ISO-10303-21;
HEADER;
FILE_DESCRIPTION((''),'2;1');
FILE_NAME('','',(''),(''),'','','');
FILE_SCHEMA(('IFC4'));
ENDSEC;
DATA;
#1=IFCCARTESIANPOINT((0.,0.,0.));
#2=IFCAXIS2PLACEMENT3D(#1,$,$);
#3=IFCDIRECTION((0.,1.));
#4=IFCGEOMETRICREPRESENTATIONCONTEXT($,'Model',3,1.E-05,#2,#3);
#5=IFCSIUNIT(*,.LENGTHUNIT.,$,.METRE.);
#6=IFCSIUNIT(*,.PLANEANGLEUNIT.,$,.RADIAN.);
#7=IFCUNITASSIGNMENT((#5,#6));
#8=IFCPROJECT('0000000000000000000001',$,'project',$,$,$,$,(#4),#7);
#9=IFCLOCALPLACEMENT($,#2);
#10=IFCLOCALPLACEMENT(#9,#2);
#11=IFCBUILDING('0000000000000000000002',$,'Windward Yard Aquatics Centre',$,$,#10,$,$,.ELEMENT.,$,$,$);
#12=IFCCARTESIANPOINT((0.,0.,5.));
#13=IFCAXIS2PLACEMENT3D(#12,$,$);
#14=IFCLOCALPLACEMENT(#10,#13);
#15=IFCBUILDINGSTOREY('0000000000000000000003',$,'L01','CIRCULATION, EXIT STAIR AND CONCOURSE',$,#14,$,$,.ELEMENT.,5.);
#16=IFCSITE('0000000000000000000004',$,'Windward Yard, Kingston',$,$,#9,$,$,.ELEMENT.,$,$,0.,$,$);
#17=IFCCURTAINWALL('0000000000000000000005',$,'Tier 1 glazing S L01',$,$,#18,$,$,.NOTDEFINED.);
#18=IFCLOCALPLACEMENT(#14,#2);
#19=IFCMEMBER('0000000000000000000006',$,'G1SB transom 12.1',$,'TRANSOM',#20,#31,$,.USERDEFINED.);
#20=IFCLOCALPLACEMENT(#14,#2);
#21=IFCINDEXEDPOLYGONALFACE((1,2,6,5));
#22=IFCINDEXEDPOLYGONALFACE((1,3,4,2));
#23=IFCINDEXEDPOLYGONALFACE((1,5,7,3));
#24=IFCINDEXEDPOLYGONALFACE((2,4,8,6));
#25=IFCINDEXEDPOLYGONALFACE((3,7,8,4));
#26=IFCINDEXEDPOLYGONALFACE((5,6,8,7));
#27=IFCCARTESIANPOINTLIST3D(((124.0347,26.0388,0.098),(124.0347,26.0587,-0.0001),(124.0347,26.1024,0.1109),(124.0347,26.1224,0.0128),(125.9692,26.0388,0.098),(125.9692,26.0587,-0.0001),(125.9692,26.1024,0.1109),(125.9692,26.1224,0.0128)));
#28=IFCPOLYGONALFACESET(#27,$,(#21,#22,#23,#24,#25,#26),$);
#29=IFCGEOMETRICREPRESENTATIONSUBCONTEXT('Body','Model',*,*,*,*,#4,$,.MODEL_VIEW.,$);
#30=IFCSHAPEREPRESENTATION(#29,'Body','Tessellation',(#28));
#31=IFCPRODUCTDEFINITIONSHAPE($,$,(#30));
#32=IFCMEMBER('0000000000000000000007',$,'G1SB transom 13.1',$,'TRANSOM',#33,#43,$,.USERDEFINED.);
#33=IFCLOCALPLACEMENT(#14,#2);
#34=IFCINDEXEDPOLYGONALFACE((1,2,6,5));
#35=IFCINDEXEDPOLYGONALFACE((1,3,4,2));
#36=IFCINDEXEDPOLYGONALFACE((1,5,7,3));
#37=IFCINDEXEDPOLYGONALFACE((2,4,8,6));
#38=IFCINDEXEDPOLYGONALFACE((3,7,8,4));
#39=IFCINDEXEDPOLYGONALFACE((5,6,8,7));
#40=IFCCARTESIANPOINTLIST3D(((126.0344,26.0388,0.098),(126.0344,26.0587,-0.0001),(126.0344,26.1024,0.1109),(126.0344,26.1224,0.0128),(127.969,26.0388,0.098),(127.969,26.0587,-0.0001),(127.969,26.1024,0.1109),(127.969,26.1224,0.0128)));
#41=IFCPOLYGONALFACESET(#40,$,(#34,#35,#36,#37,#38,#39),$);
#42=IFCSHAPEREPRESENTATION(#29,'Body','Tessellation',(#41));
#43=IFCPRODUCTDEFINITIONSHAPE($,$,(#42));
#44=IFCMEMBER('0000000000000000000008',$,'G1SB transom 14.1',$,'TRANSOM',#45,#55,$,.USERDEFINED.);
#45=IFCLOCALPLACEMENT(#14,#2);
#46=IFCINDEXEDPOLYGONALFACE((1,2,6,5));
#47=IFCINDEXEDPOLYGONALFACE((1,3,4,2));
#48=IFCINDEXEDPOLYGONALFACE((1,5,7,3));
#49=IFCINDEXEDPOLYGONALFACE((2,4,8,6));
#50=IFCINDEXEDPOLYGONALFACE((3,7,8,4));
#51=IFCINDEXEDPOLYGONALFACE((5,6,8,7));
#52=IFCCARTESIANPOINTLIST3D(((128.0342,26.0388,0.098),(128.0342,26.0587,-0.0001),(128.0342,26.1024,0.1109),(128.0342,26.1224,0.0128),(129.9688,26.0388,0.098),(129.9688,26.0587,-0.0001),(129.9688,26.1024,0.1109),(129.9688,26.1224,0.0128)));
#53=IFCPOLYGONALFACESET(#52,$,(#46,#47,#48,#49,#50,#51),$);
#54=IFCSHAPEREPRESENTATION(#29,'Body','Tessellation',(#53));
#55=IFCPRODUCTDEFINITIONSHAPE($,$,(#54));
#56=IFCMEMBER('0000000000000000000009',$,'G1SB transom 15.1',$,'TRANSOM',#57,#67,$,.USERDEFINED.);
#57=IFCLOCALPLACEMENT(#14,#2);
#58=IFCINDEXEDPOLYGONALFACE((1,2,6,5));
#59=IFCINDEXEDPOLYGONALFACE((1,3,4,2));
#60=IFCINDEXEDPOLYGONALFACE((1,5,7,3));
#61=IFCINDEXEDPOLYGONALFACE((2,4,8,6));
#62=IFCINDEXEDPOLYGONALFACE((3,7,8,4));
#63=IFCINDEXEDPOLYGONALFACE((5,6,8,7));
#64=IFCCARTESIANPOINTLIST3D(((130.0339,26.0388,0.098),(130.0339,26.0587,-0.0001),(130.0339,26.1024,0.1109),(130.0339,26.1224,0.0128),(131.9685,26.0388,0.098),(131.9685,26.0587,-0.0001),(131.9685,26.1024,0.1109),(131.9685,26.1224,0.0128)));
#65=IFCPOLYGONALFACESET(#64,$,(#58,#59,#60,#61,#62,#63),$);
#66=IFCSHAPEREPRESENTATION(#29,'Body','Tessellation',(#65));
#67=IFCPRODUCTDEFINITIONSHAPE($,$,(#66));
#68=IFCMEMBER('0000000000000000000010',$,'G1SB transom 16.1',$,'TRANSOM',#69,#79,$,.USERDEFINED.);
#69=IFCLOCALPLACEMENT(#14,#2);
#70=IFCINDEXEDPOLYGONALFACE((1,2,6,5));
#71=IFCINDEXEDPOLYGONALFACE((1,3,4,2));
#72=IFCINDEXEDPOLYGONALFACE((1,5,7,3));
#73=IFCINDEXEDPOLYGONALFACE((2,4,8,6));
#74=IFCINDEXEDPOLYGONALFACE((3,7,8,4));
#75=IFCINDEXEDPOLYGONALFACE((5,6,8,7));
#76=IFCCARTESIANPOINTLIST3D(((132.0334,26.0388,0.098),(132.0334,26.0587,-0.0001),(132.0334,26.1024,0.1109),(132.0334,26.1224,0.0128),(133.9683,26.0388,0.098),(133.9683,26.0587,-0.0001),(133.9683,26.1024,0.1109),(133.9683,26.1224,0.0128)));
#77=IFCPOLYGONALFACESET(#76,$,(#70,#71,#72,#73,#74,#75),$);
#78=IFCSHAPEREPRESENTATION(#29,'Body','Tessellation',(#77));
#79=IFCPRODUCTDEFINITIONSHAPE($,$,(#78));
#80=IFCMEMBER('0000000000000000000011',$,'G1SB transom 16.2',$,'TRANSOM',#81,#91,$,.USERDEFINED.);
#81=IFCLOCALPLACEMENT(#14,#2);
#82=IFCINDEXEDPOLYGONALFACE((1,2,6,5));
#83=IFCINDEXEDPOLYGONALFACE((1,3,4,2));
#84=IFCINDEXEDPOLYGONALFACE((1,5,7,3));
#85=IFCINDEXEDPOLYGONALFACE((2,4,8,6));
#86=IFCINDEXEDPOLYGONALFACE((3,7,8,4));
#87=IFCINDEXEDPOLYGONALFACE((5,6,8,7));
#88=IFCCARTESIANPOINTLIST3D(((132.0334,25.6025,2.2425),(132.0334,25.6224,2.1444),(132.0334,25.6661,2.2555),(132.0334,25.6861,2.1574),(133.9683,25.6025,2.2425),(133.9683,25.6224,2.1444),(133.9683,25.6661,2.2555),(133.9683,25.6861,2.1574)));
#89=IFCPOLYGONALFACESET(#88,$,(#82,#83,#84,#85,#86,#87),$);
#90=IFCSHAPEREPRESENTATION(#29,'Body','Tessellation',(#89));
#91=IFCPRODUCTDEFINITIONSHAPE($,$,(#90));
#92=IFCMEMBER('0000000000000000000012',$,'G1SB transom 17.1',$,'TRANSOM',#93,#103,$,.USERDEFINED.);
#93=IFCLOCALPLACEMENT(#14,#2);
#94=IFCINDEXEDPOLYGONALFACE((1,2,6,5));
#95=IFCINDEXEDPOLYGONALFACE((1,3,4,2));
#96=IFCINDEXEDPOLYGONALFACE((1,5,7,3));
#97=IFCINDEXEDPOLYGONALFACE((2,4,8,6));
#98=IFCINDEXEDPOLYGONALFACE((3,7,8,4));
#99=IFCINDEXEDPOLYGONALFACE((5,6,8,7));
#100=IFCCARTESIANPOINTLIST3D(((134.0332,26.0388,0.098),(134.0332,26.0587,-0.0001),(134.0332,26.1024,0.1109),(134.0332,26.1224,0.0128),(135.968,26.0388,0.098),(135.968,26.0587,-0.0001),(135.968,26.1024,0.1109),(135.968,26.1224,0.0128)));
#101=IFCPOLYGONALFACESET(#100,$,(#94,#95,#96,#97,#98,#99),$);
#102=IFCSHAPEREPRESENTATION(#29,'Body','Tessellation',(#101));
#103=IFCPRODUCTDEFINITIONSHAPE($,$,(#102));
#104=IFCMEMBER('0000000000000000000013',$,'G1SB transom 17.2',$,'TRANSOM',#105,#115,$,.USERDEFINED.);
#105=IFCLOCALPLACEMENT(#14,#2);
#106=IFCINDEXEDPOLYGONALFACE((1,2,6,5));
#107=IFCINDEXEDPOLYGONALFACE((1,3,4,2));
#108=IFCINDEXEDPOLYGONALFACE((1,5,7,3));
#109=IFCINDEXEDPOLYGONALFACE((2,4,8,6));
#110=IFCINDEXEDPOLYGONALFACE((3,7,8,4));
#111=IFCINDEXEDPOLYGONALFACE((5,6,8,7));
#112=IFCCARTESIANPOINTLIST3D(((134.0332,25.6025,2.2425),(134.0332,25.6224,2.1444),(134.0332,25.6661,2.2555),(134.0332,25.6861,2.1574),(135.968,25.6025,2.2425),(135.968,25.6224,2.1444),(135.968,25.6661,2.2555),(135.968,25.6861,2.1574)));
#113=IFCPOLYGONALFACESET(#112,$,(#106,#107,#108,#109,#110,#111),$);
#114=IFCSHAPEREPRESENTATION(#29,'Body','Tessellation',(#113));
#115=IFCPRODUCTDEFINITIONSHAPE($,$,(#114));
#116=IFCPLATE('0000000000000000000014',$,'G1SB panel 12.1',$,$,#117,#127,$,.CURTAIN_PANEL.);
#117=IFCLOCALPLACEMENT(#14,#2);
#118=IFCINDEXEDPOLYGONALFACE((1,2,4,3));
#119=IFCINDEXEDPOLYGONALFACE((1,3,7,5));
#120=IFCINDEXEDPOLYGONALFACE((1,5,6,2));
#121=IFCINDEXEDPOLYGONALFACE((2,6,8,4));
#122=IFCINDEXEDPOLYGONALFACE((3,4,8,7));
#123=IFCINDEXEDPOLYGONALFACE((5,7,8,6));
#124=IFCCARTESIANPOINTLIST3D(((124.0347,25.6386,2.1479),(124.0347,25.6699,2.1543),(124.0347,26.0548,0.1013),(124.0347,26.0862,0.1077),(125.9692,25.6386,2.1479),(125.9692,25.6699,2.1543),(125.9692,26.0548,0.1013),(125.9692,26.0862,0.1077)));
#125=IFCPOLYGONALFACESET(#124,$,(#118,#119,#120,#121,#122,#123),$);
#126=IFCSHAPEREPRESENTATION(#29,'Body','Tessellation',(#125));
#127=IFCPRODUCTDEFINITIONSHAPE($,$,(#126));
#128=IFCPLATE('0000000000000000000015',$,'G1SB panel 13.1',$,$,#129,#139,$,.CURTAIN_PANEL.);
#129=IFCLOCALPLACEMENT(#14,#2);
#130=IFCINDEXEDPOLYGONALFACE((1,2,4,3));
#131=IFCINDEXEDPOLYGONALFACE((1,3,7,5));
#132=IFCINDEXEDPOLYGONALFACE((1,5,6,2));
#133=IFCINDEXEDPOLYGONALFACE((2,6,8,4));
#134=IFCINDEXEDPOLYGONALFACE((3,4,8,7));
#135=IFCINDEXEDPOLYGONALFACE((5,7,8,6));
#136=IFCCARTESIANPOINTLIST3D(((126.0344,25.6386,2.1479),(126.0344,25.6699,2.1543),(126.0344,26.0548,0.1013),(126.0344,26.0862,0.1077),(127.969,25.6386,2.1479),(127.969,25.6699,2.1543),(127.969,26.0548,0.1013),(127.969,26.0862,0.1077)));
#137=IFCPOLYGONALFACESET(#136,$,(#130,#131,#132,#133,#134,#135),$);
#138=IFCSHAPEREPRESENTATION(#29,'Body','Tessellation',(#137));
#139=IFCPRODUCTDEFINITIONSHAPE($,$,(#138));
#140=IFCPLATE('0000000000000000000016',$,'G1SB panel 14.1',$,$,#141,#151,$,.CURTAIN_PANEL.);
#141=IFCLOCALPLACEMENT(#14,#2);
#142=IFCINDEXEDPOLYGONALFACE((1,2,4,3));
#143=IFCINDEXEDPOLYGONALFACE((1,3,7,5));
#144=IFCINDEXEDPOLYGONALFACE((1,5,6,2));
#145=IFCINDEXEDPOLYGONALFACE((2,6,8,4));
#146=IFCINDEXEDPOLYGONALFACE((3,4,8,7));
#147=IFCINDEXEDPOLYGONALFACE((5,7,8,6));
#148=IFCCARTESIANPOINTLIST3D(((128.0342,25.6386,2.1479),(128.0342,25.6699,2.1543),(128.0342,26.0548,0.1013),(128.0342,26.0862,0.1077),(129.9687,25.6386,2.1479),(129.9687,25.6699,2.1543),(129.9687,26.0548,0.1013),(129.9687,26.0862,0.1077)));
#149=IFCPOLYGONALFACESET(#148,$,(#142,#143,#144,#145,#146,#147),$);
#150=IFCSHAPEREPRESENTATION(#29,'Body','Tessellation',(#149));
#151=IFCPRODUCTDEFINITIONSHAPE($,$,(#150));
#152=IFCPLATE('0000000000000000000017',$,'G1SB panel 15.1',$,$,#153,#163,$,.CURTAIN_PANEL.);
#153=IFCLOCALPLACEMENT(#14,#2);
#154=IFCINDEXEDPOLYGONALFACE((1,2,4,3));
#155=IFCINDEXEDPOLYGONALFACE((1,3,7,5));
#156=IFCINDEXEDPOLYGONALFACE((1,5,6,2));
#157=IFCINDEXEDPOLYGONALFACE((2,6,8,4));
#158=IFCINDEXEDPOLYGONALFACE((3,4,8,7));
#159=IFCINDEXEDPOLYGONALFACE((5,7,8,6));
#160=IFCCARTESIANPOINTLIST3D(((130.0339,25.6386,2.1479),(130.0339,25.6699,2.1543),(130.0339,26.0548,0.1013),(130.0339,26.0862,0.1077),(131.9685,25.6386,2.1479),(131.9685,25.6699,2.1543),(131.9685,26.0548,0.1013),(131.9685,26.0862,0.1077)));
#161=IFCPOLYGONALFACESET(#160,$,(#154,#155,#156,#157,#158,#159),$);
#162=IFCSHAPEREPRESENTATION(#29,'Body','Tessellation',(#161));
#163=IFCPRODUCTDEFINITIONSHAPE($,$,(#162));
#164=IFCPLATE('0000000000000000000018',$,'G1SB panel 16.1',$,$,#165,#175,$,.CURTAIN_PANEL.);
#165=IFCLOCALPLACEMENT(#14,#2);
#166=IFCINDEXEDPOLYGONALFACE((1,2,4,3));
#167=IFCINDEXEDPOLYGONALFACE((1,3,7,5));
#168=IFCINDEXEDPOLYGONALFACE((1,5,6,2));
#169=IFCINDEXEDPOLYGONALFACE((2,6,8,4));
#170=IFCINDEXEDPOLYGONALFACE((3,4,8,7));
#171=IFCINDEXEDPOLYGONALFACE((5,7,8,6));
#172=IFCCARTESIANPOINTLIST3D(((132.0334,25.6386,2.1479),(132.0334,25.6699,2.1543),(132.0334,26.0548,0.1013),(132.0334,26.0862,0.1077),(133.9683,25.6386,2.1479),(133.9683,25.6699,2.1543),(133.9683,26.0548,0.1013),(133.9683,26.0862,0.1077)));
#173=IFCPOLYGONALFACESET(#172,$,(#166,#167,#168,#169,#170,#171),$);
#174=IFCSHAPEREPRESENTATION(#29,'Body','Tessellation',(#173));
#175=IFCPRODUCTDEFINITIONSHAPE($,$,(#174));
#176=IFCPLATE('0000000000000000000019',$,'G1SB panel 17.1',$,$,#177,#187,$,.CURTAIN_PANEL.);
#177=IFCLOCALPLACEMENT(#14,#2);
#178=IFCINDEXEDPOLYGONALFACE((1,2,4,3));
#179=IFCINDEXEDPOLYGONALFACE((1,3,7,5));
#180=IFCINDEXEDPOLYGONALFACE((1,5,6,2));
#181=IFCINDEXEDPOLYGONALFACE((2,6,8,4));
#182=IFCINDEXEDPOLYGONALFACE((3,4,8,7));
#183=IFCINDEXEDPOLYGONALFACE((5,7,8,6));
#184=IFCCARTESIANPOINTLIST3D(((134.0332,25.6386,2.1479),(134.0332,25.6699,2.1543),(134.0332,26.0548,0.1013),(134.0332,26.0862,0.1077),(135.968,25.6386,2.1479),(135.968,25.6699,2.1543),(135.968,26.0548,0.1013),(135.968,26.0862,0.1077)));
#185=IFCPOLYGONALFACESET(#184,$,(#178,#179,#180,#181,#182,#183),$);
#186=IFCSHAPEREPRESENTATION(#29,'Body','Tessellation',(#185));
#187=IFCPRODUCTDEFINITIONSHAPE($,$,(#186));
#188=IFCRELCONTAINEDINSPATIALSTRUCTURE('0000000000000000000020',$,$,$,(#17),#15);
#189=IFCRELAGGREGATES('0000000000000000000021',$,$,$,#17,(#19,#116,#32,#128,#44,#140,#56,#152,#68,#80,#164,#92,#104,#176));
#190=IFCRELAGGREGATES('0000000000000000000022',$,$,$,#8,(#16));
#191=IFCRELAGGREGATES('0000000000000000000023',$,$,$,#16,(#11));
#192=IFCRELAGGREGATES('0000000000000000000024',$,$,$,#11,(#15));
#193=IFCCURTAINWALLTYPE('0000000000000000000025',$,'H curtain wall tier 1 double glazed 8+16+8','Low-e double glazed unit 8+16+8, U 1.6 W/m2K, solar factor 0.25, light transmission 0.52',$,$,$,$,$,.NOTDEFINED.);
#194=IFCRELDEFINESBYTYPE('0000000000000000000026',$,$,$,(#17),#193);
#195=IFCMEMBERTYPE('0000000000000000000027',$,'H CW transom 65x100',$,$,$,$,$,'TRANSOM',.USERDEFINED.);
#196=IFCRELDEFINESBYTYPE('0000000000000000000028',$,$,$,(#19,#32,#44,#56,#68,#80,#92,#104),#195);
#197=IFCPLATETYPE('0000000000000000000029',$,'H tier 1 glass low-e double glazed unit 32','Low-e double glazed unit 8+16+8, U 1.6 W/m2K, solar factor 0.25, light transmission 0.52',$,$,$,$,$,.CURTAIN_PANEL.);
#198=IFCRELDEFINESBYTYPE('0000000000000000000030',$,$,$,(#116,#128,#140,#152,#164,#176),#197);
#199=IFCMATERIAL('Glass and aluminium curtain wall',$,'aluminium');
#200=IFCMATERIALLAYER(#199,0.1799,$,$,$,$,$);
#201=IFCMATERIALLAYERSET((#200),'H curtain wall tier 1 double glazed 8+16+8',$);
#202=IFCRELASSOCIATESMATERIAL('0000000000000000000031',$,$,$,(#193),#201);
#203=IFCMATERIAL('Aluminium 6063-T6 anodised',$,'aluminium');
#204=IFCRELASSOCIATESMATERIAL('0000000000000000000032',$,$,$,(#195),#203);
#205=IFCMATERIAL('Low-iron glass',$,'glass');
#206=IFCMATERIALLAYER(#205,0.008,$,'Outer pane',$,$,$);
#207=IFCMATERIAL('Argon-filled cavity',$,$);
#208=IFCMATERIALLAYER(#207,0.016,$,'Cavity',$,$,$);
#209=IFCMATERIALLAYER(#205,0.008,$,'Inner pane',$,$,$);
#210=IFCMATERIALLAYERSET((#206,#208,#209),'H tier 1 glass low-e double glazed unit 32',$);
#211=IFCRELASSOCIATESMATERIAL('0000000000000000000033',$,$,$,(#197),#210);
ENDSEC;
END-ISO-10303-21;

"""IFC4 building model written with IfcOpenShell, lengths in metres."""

from ifc_helpers import new_model, si_unit, direction, frame, origin, origin_2d, place, context, subcontext, project, spatial, polyline, rectangle, outline, extrude, material, layer, layer_set, material_profile, profile_set, type_object, element, aggregate, save


model = new_model("IFC4")

# Units and contexts
model_context = context("Model", 3, precision=1e-05, world=origin(), true_north=direction((0.0, 1.0)))
body_context = subcontext(model_context, "Body", "Model", "MODEL_VIEW")
ifc_project = project(units=[si_unit("LENGTHUNIT", "METRE"), si_unit("PLANEANGLEUNIT", "RADIAN")], contexts=[model_context])

# Site, building, storey
site_placement = place(None, origin())
site = spatial("IfcSite", under=ifc_project, at=site_placement, Name="Windward Yard, Kingston", CompositionType="ELEMENT", RefElevation=0.0)
building_placement = place(site_placement, origin())
building = spatial("IfcBuilding", under=site, at=building_placement, Name="Windward Yard Aquatics Centre", CompositionType="ELEMENT")
storey_placement = place(building_placement, frame((0.0, 0.0, 5.0)))
storey = spatial("IfcBuildingStorey", under=building, at=storey_placement, Name="L01", Description="CIRCULATION, EXIT STAIR AND CONCOURSE", CompositionType="ELEMENT", Elevation=5.0)

# Curtain wall, members, plates
ifc_material_1 = material(Name="Glass and aluminium curtain wall", Category="aluminium")
ifc_layer_1 = layer(ifc_material_1, 0.1799)
ifc_layer_set_1 = layer_set([ifc_layer_1], Name="H curtain wall tier 1 double glazed 8+16+8")
curtain_wall_type = type_object("IfcCurtainWallType", Name="H curtain wall tier 1 double glazed 8+16+8", Description="Low-e double glazed unit 8+16+8, U 1.6 W/m2K, solar factor 0.25, light transmission 0.52", PredefinedType="NOTDEFINED", material=ifc_layer_set_1)
curtain_wall_placement = place(storey_placement, origin())
curtain_wall = element("IfcCurtainWall", 1, at=curtain_wall_placement, inside=storey, type_object=curtain_wall_type, Name="Tier 1 glazing S L01", PredefinedType="NOTDEFINED")
ifc_material_2 = material(Name="Aluminium 6063-T6 anodised", Category="aluminium")
ifc_material_profile_1 = material_profile(ifc_material_2, rectangle(XDim=0.0649, YDim=0.1001, at=origin_2d()), Name="H CW transom 65x100")
ifc_profile_set_1 = profile_set([ifc_material_profile_1], Name="Aluminium 6063-T6 anodised")
member_type_1 = type_object("IfcMemberType", Name="H CW transom 65x100", ElementType="TRANSOM", PredefinedType="USERDEFINED", material=ifc_profile_set_1)
member_1_placement = place(storey_placement, frame((124.0347, 26.0806, 0.0554), z_axis=(1.0, 0.0, 0.0), x_axis=(0.0, 0.979925, 0.199368)))
member_1 = element("IfcMember", 2, at=member_1_placement, type_object=member_type_1, Name="G1SB transom 12.1", ObjectType="TRANSOM", PredefinedType="USERDEFINED", context=body_context, shape_type="SweptSolid", body=[
    extrude(rectangle(XDim=0.0649, YDim=0.1001, at=origin_2d()), origin(), (0.0, 0.0, 1.0), 1.9346),
])
member_2_placement = place(storey_placement, frame((126.0344, 26.0806, 0.0554), z_axis=(1.0, 0.0, 0.0), x_axis=(0.0, 0.979925, 0.199368)))
member_2 = element("IfcMember", 3, at=member_2_placement, type_object=member_type_1, Name="G1SB transom 13.1", ObjectType="TRANSOM", PredefinedType="USERDEFINED", context=body_context, shape_type="SweptSolid", body=[
    extrude(rectangle(XDim=0.0649, YDim=0.1001, at=origin_2d()), origin(), (0.0, 0.0, 1.0), 1.9346),
])
member_3_placement = place(storey_placement, frame((128.0342, 26.0806, 0.0554), z_axis=(1.0, 0.0, 0.0), x_axis=(0.0, 0.979925, 0.199368)))
member_3 = element("IfcMember", 4, at=member_3_placement, type_object=member_type_1, Name="G1SB transom 14.1", ObjectType="TRANSOM", PredefinedType="USERDEFINED", context=body_context, shape_type="SweptSolid", body=[
    extrude(rectangle(XDim=0.0649, YDim=0.1001, at=origin_2d()), origin(), (0.0, 0.0, 1.0), 1.9346),
])
member_4_placement = place(storey_placement, frame((130.0339, 26.0806, 0.0554), z_axis=(1.0, 0.0, 0.0), x_axis=(0.0, 0.979925, 0.199368)))
member_4 = element("IfcMember", 5, at=member_4_placement, type_object=member_type_1, Name="G1SB transom 15.1", ObjectType="TRANSOM", PredefinedType="USERDEFINED", context=body_context, shape_type="SweptSolid", body=[
    extrude(rectangle(XDim=0.0649, YDim=0.1001, at=origin_2d()), origin(), (0.0, 0.0, 1.0), 1.9346),
])
member_5_placement = place(storey_placement, frame((132.0334, 26.0806, 0.0554), z_axis=(1.0, 0.0, 0.0), x_axis=(0.0, 0.979925, 0.199368)))
member_5 = element("IfcMember", 6, at=member_5_placement, type_object=member_type_1, Name="G1SB transom 16.1", ObjectType="TRANSOM", PredefinedType="USERDEFINED", context=body_context, shape_type="SweptSolid", body=[
    extrude(rectangle(XDim=0.0649, YDim=0.1001, at=origin_2d()), origin(), (0.0, 0.0, 1.0), 1.9348),
])
member_6_placement = place(storey_placement, frame((132.0334, 25.6443, 2.2), z_axis=(1.0, 0.0, 0.0), x_axis=(0.0, 0.979925, 0.199368)))
member_6 = element("IfcMember", 7, at=member_6_placement, type_object=member_type_1, Name="G1SB transom 16.2", ObjectType="TRANSOM", PredefinedType="USERDEFINED", context=body_context, shape_type="SweptSolid", body=[
    extrude(rectangle(XDim=0.0649, YDim=0.1001, at=origin_2d()), origin(), (0.0, 0.0, 1.0), 1.9348),
])
member_7_placement = place(storey_placement, frame((134.0332, 26.0806, 0.0554), z_axis=(1.0, 0.0, 0.0), x_axis=(0.0, 0.979925, 0.199368)))
member_7 = element("IfcMember", 8, at=member_7_placement, type_object=member_type_1, Name="G1SB transom 17.1", ObjectType="TRANSOM", PredefinedType="USERDEFINED", context=body_context, shape_type="SweptSolid", body=[
    extrude(rectangle(XDim=0.0649, YDim=0.1001, at=origin_2d()), origin(), (0.0, 0.0, 1.0), 1.9348),
])
member_8_placement = place(storey_placement, frame((134.0332, 25.6443, 2.2), z_axis=(1.0, 0.0, 0.0), x_axis=(0.0, 0.979925, 0.199368)))
member_8 = element("IfcMember", 9, at=member_8_placement, type_object=member_type_1, Name="G1SB transom 17.2", ObjectType="TRANSOM", PredefinedType="USERDEFINED", context=body_context, shape_type="SweptSolid", body=[
    extrude(rectangle(XDim=0.0649, YDim=0.1001, at=origin_2d()), origin(), (0.0, 0.0, 1.0), 1.9348),
])
ifc_material_3 = material(Name="Low-iron glass", Category="glass")
ifc_layer_2 = layer(ifc_material_3, 0.008, Name="Outer pane")
ifc_material_4 = material(Name="Argon-filled cavity")
ifc_layer_3 = layer(ifc_material_4, 0.016, Name="Cavity")
ifc_layer_4 = layer(ifc_material_3, 0.008, Name="Inner pane")
ifc_layer_set_2 = layer_set([ifc_layer_2, ifc_layer_3, ifc_layer_4], Name="H tier 1 glass low-e double glazed unit 32")
plate_type = type_object("IfcPlateType", Name="H tier 1 glass low-e double glazed unit 32", Description="Low-e double glazed unit 8+16+8, U 1.6 W/m2K, solar factor 0.25, light transmission 0.52", PredefinedType="CURTAIN_PANEL", material=ifc_layer_set_2)
plate_1_placement = place(storey_placement, frame((124.0347, 25.6699, 2.1543), z_axis=(0.0, 0.979937, 0.199307), x_axis=(0.0, 0.199307, -0.979937)))
plate_1 = element("IfcPlate", 10, at=plate_1_placement, type_object=plate_type, Name="G1SB panel 12.1", PredefinedType="CURTAIN_PANEL", context=body_context, shape_type="SweptSolid", body=[
    extrude(outline(polyline([(0.0, 0.0), (2.0885, 0.0), (2.0885, -1.9346), (0.0, -1.9346), (0.0, 0.0)])), origin(), (0.0, 0.0, -1.0), 0.032),
])
plate_2_placement = place(storey_placement, frame((126.0344, 25.6699, 2.1543), z_axis=(0.0, 0.979937, 0.199307), x_axis=(0.0, 0.199307, -0.979937)))
plate_2 = element("IfcPlate", 11, at=plate_2_placement, type_object=plate_type, Name="G1SB panel 13.1", PredefinedType="CURTAIN_PANEL", context=body_context, shape_type="SweptSolid", body=[
    extrude(outline(polyline([(0.0, 0.0), (2.0885, 0.0), (2.0885, -1.9346), (0.0, -1.9346), (0.0, 0.0)])), origin(), (0.0, 0.0, -1.0), 0.032),
])
plate_3_placement = place(storey_placement, frame((128.0342, 25.6699, 2.1543), z_axis=(0.0, 0.979937, 0.199307), x_axis=(0.0, 0.199307, -0.979937)))
plate_3 = element("IfcPlate", 12, at=plate_3_placement, type_object=plate_type, Name="G1SB panel 14.1", PredefinedType="CURTAIN_PANEL", context=body_context, shape_type="SweptSolid", body=[
    extrude(outline(polyline([(0.0, 0.0), (2.0885, 0.0), (2.0885, -1.9346), (0.0, -1.9346), (0.0, 0.0)])), origin(), (0.0, 0.0, -1.0), 0.032),
])
plate_4_placement = place(storey_placement, frame((130.0339, 25.6699, 2.1543), z_axis=(0.0, 0.979937, 0.199307), x_axis=(0.0, 0.199307, -0.979937)))
plate_4 = element("IfcPlate", 13, at=plate_4_placement, type_object=plate_type, Name="G1SB panel 15.1", PredefinedType="CURTAIN_PANEL", context=body_context, shape_type="SweptSolid", body=[
    extrude(outline(polyline([(0.0, 0.0), (2.0885, 0.0), (2.0885, -1.9346), (0.0, -1.9346), (0.0, 0.0)])), origin(), (0.0, 0.0, -1.0), 0.032),
])
plate_5_placement = place(storey_placement, frame((132.0334, 25.6699, 2.1543), z_axis=(0.0, 0.979937, 0.199307), x_axis=(0.0, 0.199307, -0.979937)))
plate_5 = element("IfcPlate", 14, at=plate_5_placement, type_object=plate_type, Name="G1SB panel 16.1", PredefinedType="CURTAIN_PANEL", context=body_context, shape_type="SweptSolid", body=[
    extrude(outline(polyline([(0.0, 0.0), (2.0885, 0.0), (2.0885, -1.9348), (0.0, -1.9348), (0.0, 0.0)])), origin(), (0.0, 0.0, -1.0), 0.032),
])
plate_6_placement = place(storey_placement, frame((134.0332, 25.6699, 2.1543), z_axis=(0.0, 0.979937, 0.199307), x_axis=(0.0, 0.199307, -0.979937)))
plate_6 = element("IfcPlate", 15, at=plate_6_placement, type_object=plate_type, Name="G1SB panel 17.1", PredefinedType="CURTAIN_PANEL", context=body_context, shape_type="SweptSolid", body=[
    extrude(outline(polyline([(0.0, 0.0), (2.0885, 0.0), (2.0885, -1.9348), (0.0, -1.9348), (0.0, 0.0)])), origin(), (0.0, 0.0, -1.0), 0.032),
])
aggregate(curtain_wall, [member_1, plate_1, member_2, plate_2, member_3, plate_3, member_4, plate_4, member_5, member_6, plate_5, member_7, member_8, plate_6])

save(model, "model.ifc")
